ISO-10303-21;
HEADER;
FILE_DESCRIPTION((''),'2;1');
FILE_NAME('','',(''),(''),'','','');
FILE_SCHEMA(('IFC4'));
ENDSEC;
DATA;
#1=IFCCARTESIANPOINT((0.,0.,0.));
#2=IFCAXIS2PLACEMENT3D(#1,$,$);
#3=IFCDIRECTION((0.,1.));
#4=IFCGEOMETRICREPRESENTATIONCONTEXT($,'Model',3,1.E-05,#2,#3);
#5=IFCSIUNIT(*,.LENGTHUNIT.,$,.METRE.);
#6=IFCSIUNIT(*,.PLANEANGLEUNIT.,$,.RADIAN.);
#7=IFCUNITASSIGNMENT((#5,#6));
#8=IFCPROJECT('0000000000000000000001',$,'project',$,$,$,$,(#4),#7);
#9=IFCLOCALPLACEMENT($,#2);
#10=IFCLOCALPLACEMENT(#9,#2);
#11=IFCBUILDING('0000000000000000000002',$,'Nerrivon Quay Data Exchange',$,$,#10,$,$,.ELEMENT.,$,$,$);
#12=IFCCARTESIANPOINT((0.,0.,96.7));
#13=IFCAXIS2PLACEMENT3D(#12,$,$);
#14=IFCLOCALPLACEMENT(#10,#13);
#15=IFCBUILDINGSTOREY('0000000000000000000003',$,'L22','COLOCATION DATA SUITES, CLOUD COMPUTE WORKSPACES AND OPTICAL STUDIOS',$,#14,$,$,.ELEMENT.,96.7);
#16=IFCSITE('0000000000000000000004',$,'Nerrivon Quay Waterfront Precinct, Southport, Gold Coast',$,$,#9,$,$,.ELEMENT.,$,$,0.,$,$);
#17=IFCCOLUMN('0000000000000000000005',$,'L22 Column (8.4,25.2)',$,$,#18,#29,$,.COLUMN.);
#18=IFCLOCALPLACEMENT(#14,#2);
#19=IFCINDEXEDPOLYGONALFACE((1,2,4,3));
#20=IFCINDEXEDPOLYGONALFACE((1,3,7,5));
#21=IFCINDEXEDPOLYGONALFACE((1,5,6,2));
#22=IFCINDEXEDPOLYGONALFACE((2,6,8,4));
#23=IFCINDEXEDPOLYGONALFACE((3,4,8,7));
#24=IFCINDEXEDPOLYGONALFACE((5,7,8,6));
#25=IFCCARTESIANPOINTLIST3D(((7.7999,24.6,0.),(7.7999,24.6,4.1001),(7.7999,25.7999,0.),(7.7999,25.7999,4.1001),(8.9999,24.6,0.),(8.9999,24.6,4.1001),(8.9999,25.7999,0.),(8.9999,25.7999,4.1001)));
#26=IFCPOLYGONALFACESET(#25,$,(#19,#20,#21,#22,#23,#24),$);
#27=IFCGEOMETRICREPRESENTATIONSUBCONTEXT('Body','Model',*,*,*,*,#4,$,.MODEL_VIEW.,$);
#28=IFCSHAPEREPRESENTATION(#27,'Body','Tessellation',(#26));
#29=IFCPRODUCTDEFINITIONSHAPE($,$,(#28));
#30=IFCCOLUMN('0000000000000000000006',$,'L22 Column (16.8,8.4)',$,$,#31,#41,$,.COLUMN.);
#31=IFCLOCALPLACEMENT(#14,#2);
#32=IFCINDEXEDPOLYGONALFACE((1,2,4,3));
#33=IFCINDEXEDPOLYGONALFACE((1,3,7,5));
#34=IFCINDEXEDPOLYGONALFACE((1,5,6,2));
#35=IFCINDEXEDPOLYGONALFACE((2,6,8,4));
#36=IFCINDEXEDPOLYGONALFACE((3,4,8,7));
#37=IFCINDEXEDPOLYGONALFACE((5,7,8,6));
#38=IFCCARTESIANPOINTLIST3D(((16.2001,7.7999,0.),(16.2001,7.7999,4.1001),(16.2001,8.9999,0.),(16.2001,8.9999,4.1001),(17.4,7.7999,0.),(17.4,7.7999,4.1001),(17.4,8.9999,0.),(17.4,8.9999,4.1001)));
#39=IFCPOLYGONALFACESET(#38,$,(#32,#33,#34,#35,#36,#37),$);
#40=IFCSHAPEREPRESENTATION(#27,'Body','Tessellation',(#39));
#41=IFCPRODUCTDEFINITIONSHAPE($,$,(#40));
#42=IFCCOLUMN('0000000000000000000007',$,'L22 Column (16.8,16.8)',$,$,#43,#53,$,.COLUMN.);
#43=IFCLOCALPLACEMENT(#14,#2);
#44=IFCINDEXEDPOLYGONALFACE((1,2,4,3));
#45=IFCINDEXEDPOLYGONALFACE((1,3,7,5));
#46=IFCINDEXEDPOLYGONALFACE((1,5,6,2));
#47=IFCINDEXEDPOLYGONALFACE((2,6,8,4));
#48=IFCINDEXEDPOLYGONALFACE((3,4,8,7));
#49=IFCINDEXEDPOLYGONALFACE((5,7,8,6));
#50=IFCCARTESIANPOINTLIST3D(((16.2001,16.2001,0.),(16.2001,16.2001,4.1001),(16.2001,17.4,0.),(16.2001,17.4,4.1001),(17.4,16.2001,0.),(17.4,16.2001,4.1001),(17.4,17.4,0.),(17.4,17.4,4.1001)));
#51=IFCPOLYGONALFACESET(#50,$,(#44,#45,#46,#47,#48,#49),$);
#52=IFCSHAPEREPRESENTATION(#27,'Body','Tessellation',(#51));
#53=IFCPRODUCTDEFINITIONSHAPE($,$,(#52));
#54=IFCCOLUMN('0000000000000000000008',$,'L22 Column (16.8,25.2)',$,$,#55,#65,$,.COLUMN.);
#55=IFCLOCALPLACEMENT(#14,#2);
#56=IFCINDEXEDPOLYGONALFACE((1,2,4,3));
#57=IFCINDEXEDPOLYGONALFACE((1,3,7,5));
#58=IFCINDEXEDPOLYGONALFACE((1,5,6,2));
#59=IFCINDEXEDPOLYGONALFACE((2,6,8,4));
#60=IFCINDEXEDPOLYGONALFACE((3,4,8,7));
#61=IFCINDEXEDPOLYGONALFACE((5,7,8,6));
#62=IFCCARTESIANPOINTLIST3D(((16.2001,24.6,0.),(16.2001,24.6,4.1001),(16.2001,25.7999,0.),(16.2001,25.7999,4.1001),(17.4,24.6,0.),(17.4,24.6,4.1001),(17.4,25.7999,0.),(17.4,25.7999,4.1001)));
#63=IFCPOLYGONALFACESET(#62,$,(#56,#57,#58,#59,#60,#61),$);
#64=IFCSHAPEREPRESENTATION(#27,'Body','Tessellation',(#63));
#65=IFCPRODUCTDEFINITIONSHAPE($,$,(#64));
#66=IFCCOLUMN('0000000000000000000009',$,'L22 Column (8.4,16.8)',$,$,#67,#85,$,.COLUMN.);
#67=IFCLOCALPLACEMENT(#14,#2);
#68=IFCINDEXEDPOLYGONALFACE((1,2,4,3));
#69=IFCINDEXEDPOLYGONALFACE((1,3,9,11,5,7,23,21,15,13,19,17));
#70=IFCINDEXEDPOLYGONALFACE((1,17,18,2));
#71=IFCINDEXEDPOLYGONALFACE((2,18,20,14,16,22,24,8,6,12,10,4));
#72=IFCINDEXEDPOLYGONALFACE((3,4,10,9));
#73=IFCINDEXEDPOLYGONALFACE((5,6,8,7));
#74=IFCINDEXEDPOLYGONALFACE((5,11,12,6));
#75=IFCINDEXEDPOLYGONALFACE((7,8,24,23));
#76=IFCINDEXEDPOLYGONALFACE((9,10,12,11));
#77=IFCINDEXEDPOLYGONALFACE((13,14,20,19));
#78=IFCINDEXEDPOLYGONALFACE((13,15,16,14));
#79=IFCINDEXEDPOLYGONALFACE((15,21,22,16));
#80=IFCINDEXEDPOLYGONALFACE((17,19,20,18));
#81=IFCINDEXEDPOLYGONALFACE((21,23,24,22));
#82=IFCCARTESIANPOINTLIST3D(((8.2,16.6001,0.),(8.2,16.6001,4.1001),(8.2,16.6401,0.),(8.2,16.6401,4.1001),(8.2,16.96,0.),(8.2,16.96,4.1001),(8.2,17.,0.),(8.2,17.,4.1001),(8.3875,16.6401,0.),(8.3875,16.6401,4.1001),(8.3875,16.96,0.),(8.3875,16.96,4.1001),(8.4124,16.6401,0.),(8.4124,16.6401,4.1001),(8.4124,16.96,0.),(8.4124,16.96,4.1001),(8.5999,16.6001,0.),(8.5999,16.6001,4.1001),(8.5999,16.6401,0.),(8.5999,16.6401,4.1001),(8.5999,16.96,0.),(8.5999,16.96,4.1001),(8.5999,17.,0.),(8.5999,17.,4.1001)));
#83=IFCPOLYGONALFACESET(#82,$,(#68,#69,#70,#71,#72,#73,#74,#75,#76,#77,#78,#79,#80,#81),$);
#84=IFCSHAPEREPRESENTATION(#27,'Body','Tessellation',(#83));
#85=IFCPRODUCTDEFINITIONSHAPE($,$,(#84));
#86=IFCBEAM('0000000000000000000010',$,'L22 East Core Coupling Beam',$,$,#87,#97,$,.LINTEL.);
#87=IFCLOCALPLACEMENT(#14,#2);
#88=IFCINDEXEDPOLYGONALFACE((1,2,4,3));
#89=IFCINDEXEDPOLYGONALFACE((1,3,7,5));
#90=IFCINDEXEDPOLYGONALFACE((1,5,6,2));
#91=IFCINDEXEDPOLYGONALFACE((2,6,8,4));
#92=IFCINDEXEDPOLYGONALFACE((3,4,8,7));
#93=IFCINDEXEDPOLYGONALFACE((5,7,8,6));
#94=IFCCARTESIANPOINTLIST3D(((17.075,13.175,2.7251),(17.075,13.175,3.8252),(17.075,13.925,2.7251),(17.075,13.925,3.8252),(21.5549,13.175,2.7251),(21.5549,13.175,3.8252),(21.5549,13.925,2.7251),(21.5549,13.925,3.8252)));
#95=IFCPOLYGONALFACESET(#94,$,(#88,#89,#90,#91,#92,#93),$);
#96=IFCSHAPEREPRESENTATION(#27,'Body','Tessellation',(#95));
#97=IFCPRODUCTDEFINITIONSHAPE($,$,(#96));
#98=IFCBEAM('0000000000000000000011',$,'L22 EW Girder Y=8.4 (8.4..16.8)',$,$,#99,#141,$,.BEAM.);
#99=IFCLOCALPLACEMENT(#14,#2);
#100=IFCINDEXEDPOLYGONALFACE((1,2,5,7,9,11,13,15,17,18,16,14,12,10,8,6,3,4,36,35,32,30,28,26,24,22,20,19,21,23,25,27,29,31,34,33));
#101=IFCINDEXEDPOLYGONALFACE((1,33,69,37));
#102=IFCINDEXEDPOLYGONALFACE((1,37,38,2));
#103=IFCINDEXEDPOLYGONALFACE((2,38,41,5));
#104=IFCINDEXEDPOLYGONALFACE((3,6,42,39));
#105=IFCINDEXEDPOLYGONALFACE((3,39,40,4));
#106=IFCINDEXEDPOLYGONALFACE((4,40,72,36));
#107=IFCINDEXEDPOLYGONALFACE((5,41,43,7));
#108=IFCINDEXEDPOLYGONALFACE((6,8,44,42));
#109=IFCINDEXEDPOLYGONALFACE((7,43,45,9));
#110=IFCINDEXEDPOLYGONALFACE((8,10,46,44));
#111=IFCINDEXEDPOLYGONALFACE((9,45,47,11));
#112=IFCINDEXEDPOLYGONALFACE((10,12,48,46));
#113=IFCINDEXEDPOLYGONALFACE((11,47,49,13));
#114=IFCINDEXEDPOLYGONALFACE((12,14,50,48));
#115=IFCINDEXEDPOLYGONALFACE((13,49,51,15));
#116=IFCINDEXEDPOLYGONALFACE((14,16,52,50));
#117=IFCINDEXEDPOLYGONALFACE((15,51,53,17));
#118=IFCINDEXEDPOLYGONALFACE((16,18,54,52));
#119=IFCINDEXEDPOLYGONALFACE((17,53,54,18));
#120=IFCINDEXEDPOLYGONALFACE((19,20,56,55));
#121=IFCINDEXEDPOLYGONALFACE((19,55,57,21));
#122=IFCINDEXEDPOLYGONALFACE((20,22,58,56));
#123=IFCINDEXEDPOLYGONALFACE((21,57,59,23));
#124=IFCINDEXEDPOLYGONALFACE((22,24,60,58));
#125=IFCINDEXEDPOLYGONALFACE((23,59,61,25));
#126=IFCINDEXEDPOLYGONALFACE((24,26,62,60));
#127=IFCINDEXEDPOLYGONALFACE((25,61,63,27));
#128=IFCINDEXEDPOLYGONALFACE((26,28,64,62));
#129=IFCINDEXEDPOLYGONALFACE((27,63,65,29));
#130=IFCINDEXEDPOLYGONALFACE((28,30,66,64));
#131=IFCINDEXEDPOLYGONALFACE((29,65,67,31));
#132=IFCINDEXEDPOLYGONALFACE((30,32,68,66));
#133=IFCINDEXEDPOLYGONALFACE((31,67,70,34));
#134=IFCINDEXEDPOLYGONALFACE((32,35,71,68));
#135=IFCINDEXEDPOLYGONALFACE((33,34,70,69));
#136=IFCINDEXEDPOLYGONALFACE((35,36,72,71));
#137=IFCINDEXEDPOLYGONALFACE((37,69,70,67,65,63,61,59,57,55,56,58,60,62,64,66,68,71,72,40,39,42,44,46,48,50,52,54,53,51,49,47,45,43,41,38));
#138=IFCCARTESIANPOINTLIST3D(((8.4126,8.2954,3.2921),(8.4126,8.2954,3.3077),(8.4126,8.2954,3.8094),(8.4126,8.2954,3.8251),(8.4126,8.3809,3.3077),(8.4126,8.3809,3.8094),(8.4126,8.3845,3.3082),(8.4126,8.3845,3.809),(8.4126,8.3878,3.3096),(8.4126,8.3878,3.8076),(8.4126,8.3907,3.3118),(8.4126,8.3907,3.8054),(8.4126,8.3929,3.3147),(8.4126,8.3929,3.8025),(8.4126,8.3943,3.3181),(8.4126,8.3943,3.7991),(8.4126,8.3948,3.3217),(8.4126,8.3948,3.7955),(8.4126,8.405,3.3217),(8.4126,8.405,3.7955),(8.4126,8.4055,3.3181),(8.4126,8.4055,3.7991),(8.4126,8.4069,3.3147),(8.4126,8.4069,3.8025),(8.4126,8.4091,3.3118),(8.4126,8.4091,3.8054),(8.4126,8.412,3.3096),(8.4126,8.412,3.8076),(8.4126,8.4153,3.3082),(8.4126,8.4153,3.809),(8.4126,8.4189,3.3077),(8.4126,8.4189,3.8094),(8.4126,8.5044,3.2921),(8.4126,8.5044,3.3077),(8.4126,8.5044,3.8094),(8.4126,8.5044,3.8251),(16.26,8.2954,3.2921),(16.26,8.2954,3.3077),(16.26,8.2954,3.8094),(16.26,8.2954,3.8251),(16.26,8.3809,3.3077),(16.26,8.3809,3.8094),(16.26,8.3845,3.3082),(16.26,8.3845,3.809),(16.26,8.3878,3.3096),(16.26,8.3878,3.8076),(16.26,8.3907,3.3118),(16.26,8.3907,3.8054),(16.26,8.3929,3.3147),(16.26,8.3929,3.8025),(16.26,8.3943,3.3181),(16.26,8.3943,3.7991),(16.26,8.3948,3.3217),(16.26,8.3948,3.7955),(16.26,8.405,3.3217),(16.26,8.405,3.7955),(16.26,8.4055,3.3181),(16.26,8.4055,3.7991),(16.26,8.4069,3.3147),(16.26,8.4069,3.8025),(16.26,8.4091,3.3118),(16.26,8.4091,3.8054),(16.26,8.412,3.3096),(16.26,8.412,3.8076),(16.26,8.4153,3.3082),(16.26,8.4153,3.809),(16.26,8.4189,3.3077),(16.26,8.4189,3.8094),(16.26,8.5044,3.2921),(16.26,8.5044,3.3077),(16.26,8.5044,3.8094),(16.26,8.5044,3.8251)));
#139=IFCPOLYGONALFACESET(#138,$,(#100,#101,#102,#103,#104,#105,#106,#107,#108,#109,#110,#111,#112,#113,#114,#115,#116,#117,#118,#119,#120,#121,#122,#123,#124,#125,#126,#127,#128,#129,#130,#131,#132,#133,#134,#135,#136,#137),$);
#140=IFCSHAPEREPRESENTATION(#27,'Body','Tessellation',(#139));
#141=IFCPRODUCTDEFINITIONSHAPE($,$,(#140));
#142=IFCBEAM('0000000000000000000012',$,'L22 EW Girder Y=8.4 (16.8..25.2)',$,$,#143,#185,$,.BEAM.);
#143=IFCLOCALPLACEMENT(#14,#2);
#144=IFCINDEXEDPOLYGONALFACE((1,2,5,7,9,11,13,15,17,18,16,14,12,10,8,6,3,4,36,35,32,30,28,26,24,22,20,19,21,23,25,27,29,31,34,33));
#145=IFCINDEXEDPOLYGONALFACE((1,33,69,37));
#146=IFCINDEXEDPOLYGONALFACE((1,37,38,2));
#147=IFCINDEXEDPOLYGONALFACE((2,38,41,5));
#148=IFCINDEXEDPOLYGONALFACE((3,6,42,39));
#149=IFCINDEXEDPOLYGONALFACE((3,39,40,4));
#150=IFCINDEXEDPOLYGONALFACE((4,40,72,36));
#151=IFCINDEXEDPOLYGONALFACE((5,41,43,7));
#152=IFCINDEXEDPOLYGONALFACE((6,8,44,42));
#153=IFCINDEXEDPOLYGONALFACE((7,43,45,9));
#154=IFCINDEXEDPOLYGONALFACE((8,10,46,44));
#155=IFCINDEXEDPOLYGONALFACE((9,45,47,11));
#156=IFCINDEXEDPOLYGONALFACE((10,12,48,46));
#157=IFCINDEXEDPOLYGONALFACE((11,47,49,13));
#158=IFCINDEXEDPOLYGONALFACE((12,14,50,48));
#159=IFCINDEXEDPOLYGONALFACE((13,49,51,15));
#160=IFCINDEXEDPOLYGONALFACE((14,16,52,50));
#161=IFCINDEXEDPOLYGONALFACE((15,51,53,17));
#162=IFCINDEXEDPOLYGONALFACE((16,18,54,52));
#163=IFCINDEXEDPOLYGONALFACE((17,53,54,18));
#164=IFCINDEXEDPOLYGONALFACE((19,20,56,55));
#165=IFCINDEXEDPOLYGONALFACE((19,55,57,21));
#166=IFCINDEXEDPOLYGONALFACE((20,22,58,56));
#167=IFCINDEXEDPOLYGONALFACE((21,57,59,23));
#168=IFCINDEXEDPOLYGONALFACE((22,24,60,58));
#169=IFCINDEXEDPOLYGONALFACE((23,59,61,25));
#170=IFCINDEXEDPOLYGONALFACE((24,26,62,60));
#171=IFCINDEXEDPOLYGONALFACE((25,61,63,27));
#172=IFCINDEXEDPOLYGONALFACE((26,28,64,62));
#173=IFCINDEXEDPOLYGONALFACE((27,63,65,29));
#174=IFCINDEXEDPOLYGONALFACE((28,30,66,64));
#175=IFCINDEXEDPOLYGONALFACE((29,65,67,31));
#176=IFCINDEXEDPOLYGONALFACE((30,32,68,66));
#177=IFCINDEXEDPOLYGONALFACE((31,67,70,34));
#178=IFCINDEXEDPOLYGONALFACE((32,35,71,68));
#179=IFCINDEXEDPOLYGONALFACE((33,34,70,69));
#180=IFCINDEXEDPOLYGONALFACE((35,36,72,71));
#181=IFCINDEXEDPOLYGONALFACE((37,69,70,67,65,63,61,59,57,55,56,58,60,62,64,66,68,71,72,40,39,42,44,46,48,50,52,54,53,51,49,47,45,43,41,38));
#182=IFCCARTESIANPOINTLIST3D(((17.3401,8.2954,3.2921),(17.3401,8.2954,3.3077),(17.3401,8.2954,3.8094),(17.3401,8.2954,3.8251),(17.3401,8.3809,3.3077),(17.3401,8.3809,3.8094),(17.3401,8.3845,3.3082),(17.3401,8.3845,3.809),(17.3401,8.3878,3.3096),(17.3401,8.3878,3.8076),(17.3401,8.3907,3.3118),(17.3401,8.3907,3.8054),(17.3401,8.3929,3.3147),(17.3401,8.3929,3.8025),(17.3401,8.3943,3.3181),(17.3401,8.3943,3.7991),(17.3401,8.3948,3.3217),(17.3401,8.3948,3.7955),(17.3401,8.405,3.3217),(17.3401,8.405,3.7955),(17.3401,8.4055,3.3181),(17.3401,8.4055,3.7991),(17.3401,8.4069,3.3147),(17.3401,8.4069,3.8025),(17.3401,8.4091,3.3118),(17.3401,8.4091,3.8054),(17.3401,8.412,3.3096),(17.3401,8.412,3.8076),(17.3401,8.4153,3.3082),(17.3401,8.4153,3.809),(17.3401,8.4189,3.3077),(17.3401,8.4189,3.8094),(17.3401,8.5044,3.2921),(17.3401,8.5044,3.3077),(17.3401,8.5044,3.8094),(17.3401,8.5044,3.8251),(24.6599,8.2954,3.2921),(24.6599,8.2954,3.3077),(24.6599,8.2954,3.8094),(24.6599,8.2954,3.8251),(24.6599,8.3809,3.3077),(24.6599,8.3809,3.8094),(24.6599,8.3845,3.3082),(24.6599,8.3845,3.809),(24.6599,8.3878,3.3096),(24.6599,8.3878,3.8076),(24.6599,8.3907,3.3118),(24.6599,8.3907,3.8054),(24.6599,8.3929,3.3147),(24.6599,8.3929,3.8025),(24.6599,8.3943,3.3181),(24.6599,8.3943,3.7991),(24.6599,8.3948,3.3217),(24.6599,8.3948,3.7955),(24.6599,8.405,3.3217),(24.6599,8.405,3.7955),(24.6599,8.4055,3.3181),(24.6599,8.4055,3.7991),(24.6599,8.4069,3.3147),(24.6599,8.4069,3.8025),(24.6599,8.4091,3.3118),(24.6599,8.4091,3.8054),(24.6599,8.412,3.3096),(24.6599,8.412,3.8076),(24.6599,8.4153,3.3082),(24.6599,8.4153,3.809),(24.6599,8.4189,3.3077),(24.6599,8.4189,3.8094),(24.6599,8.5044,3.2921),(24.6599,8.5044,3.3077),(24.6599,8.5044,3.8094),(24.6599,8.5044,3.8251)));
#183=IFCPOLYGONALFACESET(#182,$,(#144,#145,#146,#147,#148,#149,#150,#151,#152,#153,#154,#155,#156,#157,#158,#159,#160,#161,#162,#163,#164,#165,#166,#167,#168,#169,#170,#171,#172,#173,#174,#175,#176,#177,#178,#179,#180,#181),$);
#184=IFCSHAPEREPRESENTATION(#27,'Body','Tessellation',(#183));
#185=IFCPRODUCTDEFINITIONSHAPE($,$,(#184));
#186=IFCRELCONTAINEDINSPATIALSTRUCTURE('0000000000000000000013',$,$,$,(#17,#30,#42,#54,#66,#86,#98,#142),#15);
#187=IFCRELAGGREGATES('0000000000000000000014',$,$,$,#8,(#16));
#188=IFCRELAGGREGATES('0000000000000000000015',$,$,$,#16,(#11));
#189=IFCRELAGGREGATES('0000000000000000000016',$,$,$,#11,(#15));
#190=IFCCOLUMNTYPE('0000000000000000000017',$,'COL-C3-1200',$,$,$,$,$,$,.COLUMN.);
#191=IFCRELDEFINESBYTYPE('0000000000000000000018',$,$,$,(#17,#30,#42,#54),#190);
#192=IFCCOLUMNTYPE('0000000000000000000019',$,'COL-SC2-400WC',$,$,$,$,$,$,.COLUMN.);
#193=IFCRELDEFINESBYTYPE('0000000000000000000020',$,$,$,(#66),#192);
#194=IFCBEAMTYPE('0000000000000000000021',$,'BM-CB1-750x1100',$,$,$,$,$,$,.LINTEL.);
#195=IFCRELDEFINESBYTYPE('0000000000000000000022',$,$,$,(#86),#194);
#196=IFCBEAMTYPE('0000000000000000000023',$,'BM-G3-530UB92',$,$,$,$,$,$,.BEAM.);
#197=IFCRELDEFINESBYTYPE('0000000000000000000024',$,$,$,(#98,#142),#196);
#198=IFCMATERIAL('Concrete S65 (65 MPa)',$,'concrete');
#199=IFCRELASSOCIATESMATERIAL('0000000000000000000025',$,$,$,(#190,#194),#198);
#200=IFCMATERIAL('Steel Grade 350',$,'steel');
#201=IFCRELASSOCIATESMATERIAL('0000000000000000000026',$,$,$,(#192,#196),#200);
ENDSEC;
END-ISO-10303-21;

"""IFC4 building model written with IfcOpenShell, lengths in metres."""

from ifc_helpers import new_model, si_unit, direction, frame, origin, origin_2d, place, context, subcontext, project, spatial, rectangle, i_section, extrude, material, material_profile, profile_set, type_object, element, save


model = new_model("IFC4")

# Units and contexts
model_context = context("Model", 3, precision=1e-05, world=origin(), true_north=direction((0.0, 1.0)))
body_context = subcontext(model_context, "Body", "Model", "MODEL_VIEW")
ifc_project = project(units=[si_unit("LENGTHUNIT", "METRE"), si_unit("PLANEANGLEUNIT", "RADIAN")], contexts=[model_context])

# Site, building, storey
site_placement = place(None, origin())
site = spatial("IfcSite", under=ifc_project, at=site_placement, Name="Nerrivon Quay Waterfront Precinct, Southport, Gold Coast", CompositionType="ELEMENT", RefElevation=0.0)
building_placement = place(site_placement, origin())
building = spatial("IfcBuilding", under=site, at=building_placement, Name="Nerrivon Quay Data Exchange", CompositionType="ELEMENT")
storey_placement = place(building_placement, frame((0.0, 0.0, 96.7)))
storey = spatial("IfcBuildingStorey", under=building, at=storey_placement, Name="L22", Description="COLOCATION DATA SUITES, CLOUD COMPUTE WORKSPACES AND OPTICAL STUDIOS", CompositionType="ELEMENT", Elevation=96.7)

# Columns
ifc_material_1 = material(Name="Concrete S65 (65 MPa)", Category="concrete")
ifc_material_profile_1 = material_profile(ifc_material_1, rectangle(XDim=1.2, YDim=1.2, at=origin_2d()), Name="RC-COL-1200x1200")
ifc_profile_set_1 = profile_set([ifc_material_profile_1], Name="Concrete S65 (65 MPa)")
column_type_1 = type_object("IfcColumnType", Name="COL-C3-1200", PredefinedType="COLUMN", material=ifc_profile_set_1)
for number, where, z_axis, x_axis, name in (
    (1, (8.3999, 25.2, 0.0), (0.0, 0.0, 1.0), (1.0, 0.0, 0.0), "L22 Column (8.4,25.2)"),
    (2, (16.8, 8.3999, 0.0), (0.0, 0.0, 1.0), (1.0, 0.0, 0.0), "L22 Column (16.8,8.4)"),
    (3, (16.8, 16.8, 0.0), (0.0, 0.0, 1.0), (1.0, 0.0, 0.0), "L22 Column (16.8,16.8)"),
    (4, (16.8, 25.2, 0.0), (0.0, 0.0, 1.0), (1.0, 0.0, 0.0), "L22 Column (16.8,25.2)"),
):
    element("IfcColumn", number, at=place(storey_placement, frame(where, z_axis=z_axis, x_axis=x_axis)), inside=storey, type_object=column_type_1, Name=name, PredefinedType="COLUMN", context=body_context, shape_type="SweptSolid", body=[
        extrude(rectangle(XDim=1.2, YDim=1.2, at=origin_2d()), origin(), (0.0, 0.0, 1.0), 4.1001),
    ])
ifc_material_2 = material(Name="Steel Grade 350", Category="steel")
ifc_material_profile_2 = material_profile(ifc_material_2, i_section(OverallWidth=0.3999, OverallDepth=0.3999, WebThickness=0.0249, FlangeThickness=0.04, at=origin_2d()), Name="400WC328")
ifc_profile_set_2 = profile_set([ifc_material_profile_2], Name="Steel Grade 350")
column_type_2 = type_object("IfcColumnType", Name="COL-SC2-400WC", PredefinedType="COLUMN", material=ifc_profile_set_2)
column_placement = place(storey_placement, frame((8.3999, 16.8, 0.0), z_axis=(0.0, 0.0, 1.0), x_axis=(1.0, 0.0, 0.0)))
element("IfcColumn", 5, at=column_placement, inside=storey, type_object=column_type_2, Name="L22 Column (8.4,16.8)", PredefinedType="COLUMN", context=body_context, shape_type="SweptSolid", body=[
    extrude(i_section(OverallWidth=0.3999, OverallDepth=0.3999, WebThickness=0.0249, FlangeThickness=0.04, at=origin_2d()), origin(), (0.0, 0.0, 1.0), 4.1001),
])

# Beams
ifc_material_profile_3 = material_profile(ifc_material_1, rectangle(XDim=0.75, YDim=1.1001, at=origin_2d()), Name="RC-CB-750x1100")
ifc_profile_set_3 = profile_set([ifc_material_profile_3], Name="Concrete S65 (65 MPa)")
beam_type_1 = type_object("IfcBeamType", Name="BM-CB1-750x1100", PredefinedType="LINTEL", material=ifc_profile_set_3)
beam_1_placement = place(storey_placement, frame((17.075, 13.55, 3.2751), z_axis=(1.0, 0.0, 0.0), x_axis=(0.0, 1.0, 0.0)))
element("IfcBeam", 6, at=beam_1_placement, inside=storey, type_object=beam_type_1, Name="L22 East Core Coupling Beam", PredefinedType="LINTEL", context=body_context, shape_type="SweptSolid", body=[
    extrude(rectangle(XDim=0.75, YDim=1.1001, at=origin_2d()), origin(), (0.0, 0.0, 1.0), 4.48),
])
ifc_material_profile_4 = material_profile(ifc_material_2, i_section(OverallWidth=0.209, OverallDepth=0.533, WebThickness=0.0103, FlangeThickness=0.0156, FilletRadius=0.0139, at=origin_2d()), Name="530UB92.4")
ifc_profile_set_4 = profile_set([ifc_material_profile_4], Name="Steel Grade 350")
beam_type_2 = type_object("IfcBeamType", Name="BM-G3-530UB92", PredefinedType="BEAM", material=ifc_profile_set_4)
beam_2_placement = place(storey_placement, frame((8.4126, 8.3999, 3.5586), z_axis=(1.0, 0.0, 0.0), x_axis=(0.0, 1.0, 0.0)))
element("IfcBeam", 7, at=beam_2_placement, inside=storey, type_object=beam_type_2, Name="L22 EW Girder Y=8.4 (8.4..16.8)", PredefinedType="BEAM", context=body_context, shape_type="SweptSolid", body=[
    extrude(i_section(OverallWidth=0.209, OverallDepth=0.533, WebThickness=0.0103, FlangeThickness=0.0156, FilletRadius=0.0139, at=origin_2d()), origin(), (0.0, 0.0, 1.0), 7.8474),
])
beam_3_placement = place(storey_placement, frame((17.3401, 8.3999, 3.5586), z_axis=(1.0, 0.0, 0.0), x_axis=(0.0, 1.0, 0.0)))
element("IfcBeam", 8, at=beam_3_placement, inside=storey, type_object=beam_type_2, Name="L22 EW Girder Y=8.4 (16.8..25.2)", PredefinedType="BEAM", context=body_context, shape_type="SweptSolid", body=[
    extrude(i_section(OverallWidth=0.209, OverallDepth=0.533, WebThickness=0.0103, FlangeThickness=0.0156, FilletRadius=0.0139, at=origin_2d()), origin(), (0.0, 0.0, 1.0), 7.3198),
])

save(model, "model.ifc")
